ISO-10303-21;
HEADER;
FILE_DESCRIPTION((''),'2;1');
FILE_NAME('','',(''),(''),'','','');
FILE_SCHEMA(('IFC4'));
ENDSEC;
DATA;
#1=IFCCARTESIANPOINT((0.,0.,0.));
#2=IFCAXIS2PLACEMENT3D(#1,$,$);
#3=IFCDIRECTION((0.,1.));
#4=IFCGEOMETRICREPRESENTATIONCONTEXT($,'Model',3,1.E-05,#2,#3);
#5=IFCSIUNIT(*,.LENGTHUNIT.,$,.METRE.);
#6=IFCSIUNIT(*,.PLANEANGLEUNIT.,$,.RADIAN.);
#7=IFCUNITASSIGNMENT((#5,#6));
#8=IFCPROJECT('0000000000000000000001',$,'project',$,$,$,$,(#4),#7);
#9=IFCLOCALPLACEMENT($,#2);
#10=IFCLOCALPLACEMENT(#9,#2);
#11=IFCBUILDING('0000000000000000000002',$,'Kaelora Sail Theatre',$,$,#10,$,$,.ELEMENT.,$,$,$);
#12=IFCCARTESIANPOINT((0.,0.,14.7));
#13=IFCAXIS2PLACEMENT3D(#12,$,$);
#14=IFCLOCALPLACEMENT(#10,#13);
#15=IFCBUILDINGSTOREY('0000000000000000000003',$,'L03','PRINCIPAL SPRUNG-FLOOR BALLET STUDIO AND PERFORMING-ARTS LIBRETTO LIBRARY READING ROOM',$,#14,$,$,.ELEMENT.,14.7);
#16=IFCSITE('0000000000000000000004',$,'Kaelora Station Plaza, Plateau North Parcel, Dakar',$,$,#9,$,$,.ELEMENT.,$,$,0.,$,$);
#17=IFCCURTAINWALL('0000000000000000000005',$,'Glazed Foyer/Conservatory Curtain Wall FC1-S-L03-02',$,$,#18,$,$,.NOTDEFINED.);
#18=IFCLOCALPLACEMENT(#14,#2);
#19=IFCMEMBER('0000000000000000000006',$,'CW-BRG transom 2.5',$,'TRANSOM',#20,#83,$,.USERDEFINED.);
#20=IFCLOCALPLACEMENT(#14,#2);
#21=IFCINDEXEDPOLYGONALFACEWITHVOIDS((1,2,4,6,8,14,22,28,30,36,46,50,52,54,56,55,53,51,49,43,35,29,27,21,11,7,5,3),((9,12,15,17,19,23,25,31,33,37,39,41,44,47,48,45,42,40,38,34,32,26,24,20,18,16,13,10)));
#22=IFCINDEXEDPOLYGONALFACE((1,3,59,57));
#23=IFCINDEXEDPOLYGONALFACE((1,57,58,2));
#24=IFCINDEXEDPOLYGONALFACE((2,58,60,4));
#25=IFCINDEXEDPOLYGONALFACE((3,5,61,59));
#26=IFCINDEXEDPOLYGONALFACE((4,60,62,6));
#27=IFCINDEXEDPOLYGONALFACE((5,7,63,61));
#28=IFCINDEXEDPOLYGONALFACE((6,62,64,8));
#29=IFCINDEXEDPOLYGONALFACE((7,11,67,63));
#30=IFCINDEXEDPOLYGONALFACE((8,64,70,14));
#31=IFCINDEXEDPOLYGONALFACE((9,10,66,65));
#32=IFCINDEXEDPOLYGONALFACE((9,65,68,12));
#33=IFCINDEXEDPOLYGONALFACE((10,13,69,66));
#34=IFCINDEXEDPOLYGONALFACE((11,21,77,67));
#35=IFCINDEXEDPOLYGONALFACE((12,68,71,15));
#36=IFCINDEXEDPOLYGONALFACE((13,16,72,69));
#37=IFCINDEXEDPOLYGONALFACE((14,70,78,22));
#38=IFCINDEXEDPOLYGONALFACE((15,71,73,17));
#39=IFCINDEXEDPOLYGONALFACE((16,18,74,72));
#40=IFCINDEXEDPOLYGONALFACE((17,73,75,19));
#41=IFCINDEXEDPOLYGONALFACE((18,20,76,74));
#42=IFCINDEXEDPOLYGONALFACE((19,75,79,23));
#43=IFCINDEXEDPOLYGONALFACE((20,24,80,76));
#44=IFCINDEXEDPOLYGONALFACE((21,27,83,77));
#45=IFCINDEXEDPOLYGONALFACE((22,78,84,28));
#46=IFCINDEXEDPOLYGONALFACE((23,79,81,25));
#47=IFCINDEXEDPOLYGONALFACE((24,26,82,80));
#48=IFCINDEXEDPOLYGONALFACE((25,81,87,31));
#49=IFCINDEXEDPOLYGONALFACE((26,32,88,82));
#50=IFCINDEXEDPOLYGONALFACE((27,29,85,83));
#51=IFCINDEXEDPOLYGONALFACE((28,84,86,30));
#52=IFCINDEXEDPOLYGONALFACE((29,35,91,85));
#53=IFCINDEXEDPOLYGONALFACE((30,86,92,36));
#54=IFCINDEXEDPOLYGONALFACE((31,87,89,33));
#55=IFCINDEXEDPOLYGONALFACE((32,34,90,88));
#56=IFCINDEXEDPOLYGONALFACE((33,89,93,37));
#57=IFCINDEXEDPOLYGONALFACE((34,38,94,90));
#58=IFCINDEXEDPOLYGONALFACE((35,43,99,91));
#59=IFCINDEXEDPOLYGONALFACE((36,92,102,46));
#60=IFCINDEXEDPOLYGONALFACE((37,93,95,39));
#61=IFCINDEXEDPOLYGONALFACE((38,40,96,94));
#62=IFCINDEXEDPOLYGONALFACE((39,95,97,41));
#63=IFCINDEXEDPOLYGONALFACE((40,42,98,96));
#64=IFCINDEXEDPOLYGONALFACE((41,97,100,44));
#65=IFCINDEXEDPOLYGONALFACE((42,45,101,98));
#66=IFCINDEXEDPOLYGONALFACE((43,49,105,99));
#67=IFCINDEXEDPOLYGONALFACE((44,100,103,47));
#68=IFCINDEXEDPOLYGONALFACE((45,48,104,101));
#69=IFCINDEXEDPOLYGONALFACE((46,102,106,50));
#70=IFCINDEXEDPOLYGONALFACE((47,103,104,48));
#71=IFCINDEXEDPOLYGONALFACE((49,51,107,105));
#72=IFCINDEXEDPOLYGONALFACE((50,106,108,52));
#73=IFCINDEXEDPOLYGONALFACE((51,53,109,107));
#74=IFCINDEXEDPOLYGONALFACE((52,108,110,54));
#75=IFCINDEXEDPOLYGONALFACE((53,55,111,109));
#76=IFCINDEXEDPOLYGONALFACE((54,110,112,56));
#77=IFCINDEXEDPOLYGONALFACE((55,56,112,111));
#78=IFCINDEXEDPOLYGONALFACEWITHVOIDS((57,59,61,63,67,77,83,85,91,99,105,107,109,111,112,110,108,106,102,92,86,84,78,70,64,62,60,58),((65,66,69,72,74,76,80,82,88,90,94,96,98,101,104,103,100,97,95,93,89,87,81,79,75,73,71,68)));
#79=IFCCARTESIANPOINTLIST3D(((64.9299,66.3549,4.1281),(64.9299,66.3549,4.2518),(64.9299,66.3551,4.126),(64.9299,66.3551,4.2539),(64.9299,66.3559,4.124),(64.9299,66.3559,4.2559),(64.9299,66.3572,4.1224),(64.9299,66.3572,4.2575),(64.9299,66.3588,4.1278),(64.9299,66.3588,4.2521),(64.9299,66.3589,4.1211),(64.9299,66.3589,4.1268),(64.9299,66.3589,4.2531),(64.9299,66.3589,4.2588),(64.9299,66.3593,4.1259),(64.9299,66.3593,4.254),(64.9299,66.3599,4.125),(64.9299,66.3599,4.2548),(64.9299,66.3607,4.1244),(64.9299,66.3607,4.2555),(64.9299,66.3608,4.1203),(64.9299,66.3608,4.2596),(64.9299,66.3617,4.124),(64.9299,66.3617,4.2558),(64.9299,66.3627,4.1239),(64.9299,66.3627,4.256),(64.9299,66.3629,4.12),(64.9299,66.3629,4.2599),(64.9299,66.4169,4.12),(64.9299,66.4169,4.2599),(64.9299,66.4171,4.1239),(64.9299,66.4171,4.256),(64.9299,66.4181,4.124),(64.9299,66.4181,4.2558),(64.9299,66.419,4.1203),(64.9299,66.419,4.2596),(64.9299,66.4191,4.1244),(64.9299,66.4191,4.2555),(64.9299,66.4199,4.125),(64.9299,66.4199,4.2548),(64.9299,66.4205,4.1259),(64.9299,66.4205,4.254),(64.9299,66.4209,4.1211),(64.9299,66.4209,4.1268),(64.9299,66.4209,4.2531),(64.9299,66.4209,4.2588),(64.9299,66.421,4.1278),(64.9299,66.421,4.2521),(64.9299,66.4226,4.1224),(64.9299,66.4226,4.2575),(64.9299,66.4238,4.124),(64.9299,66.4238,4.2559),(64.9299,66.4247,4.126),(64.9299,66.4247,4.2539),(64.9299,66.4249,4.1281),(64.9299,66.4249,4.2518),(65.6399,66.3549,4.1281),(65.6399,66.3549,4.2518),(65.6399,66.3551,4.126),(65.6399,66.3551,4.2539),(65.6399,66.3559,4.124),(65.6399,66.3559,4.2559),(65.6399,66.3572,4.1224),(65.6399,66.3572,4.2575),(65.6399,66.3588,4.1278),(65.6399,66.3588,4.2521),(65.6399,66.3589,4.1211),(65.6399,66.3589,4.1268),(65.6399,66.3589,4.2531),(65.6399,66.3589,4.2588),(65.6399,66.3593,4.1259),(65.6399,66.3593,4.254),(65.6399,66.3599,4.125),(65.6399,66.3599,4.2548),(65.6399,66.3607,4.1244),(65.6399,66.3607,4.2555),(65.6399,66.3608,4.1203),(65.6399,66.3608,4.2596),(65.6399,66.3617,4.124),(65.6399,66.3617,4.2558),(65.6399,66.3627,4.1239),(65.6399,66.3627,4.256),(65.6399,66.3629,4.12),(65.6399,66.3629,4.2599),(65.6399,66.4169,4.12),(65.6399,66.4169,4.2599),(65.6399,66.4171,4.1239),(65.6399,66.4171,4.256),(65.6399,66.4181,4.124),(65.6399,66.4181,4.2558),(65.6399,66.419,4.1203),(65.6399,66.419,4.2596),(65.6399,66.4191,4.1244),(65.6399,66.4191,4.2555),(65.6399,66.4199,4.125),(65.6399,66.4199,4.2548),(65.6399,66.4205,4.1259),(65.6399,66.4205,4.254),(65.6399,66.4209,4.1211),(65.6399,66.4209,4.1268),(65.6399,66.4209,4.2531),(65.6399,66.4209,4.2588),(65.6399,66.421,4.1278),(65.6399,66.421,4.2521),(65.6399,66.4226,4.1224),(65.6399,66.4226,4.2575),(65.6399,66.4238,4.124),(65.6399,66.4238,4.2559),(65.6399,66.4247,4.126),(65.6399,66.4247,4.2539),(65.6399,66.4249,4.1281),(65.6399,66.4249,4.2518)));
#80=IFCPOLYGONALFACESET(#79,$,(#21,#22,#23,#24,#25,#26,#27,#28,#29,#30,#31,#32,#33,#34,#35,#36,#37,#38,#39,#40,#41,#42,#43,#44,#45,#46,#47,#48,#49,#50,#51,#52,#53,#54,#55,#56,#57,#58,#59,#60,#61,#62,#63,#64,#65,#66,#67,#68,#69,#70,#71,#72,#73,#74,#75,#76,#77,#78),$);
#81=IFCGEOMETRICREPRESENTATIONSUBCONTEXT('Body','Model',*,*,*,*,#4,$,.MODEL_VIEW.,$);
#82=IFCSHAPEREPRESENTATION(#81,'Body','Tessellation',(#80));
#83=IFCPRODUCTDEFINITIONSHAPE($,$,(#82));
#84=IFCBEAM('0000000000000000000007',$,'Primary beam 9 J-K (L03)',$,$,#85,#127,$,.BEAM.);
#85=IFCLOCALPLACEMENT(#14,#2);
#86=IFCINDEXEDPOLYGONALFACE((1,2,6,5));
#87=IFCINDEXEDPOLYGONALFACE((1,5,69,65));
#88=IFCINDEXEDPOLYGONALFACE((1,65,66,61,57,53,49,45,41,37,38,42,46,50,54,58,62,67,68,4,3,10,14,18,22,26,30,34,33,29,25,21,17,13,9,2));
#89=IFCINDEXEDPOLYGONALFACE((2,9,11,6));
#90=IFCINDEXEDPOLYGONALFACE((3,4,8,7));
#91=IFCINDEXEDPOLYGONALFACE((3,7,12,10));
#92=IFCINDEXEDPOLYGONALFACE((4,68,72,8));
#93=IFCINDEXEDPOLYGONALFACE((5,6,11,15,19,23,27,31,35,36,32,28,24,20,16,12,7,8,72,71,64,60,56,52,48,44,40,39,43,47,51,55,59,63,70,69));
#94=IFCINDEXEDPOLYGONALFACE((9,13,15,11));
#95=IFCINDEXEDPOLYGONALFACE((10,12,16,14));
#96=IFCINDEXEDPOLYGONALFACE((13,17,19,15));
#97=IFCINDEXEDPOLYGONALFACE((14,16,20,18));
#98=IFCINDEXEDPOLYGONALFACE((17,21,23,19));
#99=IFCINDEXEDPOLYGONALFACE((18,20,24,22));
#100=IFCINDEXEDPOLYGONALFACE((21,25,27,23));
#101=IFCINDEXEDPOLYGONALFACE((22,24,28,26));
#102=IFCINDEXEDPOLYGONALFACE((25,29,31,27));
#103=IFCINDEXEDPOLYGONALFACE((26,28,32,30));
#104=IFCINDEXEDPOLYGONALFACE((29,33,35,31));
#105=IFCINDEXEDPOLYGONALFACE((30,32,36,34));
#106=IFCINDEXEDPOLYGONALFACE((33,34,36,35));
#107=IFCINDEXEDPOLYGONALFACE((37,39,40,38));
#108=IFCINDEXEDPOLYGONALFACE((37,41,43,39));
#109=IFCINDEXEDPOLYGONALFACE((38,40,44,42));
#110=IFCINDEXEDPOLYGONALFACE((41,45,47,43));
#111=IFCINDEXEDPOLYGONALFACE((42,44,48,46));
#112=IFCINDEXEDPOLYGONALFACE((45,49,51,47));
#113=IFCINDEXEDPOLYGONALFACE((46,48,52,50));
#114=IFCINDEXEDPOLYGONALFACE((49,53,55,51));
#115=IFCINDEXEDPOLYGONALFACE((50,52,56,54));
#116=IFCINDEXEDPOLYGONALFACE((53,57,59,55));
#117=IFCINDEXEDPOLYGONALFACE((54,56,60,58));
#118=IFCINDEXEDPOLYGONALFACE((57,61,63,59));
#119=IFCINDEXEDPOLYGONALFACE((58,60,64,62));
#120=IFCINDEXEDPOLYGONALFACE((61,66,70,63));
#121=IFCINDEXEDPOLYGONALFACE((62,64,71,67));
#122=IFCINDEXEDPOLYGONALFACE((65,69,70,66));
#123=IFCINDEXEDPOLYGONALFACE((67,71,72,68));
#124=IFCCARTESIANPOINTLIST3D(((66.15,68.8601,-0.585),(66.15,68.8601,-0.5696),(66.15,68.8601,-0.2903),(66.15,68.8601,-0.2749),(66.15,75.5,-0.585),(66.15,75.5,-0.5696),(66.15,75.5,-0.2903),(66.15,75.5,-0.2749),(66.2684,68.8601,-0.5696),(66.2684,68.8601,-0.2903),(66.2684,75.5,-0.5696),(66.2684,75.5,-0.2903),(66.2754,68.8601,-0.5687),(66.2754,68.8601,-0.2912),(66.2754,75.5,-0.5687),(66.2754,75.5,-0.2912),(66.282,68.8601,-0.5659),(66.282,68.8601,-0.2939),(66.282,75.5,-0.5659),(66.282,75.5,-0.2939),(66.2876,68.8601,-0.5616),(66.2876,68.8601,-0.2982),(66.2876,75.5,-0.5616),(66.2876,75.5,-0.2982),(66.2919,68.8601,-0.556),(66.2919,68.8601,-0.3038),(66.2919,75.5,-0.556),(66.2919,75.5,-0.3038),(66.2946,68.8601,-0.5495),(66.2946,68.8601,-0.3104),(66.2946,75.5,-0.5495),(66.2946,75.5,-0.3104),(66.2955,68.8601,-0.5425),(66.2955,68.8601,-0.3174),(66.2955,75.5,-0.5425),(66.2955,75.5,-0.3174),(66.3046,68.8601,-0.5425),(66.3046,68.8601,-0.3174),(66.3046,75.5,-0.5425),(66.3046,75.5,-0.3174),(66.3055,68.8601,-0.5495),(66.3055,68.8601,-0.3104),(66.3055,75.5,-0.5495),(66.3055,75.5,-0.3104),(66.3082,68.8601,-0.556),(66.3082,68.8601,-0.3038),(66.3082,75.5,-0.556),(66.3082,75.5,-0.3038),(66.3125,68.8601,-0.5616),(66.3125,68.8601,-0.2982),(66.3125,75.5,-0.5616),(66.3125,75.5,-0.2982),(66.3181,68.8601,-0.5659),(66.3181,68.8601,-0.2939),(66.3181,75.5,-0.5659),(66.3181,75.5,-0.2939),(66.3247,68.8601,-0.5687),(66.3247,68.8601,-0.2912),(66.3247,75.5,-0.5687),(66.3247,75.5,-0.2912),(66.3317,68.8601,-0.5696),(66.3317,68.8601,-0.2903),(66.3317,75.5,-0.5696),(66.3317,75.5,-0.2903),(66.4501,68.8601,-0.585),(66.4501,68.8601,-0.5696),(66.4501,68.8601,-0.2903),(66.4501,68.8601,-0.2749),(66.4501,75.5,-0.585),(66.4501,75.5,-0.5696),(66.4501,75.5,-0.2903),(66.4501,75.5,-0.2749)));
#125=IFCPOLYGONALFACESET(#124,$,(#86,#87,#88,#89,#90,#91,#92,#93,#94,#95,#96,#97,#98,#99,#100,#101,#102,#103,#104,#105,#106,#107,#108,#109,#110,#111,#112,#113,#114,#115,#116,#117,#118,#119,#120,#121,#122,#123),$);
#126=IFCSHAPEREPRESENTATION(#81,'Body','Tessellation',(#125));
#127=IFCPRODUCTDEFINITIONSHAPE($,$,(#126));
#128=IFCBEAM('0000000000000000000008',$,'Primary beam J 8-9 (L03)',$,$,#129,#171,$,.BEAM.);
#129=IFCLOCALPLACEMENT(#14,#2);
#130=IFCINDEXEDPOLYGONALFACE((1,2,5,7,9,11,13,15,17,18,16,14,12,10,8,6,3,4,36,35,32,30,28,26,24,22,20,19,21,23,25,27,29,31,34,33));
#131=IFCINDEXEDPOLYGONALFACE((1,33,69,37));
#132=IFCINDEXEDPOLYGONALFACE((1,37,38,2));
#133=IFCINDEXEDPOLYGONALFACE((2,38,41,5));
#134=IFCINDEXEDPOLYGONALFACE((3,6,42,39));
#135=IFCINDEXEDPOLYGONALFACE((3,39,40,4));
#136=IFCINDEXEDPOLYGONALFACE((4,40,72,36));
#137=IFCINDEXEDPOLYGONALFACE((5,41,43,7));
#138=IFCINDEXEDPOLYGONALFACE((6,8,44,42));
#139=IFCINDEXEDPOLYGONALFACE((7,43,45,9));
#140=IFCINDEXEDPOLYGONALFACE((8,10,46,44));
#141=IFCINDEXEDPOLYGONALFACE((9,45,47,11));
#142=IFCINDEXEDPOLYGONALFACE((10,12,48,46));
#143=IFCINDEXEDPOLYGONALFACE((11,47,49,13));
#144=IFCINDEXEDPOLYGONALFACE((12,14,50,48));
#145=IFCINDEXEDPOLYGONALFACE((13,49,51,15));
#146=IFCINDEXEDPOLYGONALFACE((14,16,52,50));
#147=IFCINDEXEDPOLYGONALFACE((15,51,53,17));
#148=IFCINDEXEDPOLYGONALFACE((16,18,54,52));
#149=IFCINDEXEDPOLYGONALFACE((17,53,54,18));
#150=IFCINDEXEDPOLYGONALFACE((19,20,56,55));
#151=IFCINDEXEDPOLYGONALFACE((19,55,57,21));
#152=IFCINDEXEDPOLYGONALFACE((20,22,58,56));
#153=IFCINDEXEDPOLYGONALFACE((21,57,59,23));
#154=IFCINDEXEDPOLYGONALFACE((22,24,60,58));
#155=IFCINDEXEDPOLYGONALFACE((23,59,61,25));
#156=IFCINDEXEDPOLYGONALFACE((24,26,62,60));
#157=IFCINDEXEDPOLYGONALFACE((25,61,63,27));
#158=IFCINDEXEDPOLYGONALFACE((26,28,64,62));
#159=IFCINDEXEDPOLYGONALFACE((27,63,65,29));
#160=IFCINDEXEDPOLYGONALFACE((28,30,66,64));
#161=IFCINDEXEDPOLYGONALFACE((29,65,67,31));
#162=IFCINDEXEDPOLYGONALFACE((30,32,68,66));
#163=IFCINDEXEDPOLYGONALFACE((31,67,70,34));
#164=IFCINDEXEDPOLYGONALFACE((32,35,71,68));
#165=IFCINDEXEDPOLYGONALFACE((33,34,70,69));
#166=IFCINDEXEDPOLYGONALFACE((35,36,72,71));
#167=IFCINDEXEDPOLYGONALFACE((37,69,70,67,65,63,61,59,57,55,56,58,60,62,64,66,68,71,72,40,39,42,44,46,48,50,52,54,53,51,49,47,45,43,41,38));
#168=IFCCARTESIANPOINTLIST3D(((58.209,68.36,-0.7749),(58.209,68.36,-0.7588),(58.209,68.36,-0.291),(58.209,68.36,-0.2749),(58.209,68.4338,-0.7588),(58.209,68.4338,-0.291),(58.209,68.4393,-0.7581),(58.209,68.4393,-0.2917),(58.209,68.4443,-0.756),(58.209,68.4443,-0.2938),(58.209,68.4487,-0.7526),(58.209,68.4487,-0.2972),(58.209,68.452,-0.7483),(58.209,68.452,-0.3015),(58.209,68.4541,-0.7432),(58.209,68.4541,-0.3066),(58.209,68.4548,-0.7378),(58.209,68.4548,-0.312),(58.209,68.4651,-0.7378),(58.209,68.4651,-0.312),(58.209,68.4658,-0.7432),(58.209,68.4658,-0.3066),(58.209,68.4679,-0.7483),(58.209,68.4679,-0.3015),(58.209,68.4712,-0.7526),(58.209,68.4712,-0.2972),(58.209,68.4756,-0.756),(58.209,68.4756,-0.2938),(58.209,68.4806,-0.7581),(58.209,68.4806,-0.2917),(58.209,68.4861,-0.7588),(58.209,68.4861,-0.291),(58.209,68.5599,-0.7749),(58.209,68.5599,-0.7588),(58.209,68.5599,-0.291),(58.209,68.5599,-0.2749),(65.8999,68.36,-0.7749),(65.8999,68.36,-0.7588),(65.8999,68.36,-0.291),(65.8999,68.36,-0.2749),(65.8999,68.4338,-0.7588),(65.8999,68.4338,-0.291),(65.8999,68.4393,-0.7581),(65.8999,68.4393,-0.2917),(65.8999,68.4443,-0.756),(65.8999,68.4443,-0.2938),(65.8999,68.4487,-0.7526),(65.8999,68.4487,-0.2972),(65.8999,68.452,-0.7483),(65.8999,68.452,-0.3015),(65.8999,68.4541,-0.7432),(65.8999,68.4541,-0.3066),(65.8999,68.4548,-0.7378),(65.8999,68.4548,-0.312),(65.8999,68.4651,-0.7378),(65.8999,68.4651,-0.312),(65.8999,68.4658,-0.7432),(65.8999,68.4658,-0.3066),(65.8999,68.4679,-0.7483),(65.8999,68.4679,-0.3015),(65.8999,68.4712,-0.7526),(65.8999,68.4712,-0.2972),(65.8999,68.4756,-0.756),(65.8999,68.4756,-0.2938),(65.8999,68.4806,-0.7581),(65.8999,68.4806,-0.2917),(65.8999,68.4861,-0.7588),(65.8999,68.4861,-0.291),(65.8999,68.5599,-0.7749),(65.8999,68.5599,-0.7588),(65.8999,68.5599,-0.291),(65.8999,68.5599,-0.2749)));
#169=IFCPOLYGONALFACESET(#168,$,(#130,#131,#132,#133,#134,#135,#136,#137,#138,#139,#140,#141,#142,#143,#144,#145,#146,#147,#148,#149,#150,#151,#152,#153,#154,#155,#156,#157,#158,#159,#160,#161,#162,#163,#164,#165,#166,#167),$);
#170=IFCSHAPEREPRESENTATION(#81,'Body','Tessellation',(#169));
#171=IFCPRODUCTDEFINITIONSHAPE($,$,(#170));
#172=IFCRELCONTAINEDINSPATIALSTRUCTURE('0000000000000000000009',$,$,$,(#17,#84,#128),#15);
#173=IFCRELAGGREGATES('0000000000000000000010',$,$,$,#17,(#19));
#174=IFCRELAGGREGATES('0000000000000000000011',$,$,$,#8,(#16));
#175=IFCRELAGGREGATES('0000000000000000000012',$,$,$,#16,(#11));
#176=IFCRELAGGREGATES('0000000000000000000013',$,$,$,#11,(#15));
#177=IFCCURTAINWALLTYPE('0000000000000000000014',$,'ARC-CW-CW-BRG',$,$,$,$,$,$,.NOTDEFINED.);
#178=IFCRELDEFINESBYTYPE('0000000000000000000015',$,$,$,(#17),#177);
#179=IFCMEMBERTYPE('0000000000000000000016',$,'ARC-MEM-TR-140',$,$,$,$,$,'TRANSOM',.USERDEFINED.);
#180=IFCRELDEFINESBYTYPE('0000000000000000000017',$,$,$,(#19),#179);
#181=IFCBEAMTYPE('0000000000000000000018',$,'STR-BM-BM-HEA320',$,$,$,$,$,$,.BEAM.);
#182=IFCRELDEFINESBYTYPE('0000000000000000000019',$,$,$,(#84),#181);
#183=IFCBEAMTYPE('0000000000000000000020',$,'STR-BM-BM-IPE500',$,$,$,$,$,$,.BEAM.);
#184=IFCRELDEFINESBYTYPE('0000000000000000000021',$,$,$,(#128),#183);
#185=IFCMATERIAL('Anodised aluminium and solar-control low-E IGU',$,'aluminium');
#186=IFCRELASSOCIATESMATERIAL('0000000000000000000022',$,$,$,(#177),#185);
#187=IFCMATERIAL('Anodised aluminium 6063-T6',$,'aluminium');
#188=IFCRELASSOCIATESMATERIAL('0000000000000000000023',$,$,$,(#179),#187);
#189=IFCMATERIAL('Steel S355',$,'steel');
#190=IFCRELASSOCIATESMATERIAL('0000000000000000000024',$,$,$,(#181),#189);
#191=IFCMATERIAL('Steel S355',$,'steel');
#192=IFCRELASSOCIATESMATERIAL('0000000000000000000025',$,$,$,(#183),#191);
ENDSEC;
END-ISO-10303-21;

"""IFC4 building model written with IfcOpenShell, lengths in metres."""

from ifc_helpers import new_model, si_unit, direction, frame, origin, origin_2d, place, context, subcontext, project, spatial, hollow_rectangle, i_section, extrude, material, material_profile, profile_set, type_object, element, aggregate, save


model = new_model("IFC4")

# Units and contexts
model_context = context("Model", 3, precision=1e-05, world=origin(), true_north=direction((0.0, 1.0)))
body_context = subcontext(model_context, "Body", "Model", "MODEL_VIEW")
ifc_project = project(units=[si_unit("LENGTHUNIT", "METRE"), si_unit("PLANEANGLEUNIT", "RADIAN")], contexts=[model_context])

# Site, building, storey
site_placement = place(None, origin())
site = spatial("IfcSite", under=ifc_project, at=site_placement, Name="Kaelora Station Plaza, Plateau North Parcel, Dakar", CompositionType="ELEMENT", RefElevation=0.0)
building_placement = place(site_placement, origin())
building = spatial("IfcBuilding", under=site, at=building_placement, Name="Kaelora Sail Theatre", CompositionType="ELEMENT")
storey_placement = place(building_placement, frame((0.0, 0.0, 14.7)))
storey = spatial("IfcBuildingStorey", under=building, at=storey_placement, Name="L03", Description="PRINCIPAL SPRUNG-FLOOR BALLET STUDIO AND PERFORMING-ARTS LIBRETTO LIBRARY READING ROOM", CompositionType="ELEMENT", Elevation=14.7)

# Curtain wall, member
ifc_material_1 = material(Name="Anodised aluminium and solar-control low-E IGU", Category="aluminium")
curtain_wall_type = type_object("IfcCurtainWallType", Name="ARC-CW-CW-BRG", PredefinedType="NOTDEFINED", material=ifc_material_1)
curtain_wall_placement = place(storey_placement, origin())
curtain_wall = element("IfcCurtainWall", 1, at=curtain_wall_placement, inside=storey, type_object=curtain_wall_type, Name="Glazed Foyer/Conservatory Curtain Wall FC1-S-L03-02", PredefinedType="NOTDEFINED")
ifc_material_2 = material(Name="Anodised aluminium 6063-T6", Category="aluminium")
ifc_material_profile_1 = material_profile(ifc_material_2, hollow_rectangle(XDim=0.0701, YDim=0.1399, WallThickness=0.0039, InnerFilletRadius=0.0039, OuterFilletRadius=0.0081, at=origin_2d()), Name="ALU-TRAN 70x140x4")
ifc_profile_set_1 = profile_set([ifc_material_profile_1], Name="Anodised aluminium 6063-T6")
member_type_1 = type_object("IfcMemberType", Name="ARC-MEM-TR-140", ElementType="TRANSOM", PredefinedType="USERDEFINED", material=ifc_profile_set_1)
member_1_placement = place(storey_placement, frame((64.9299, 66.3899, 4.1899), z_axis=(1.0, 0.0, 0.0), x_axis=(0.0, 1.0, 0.0)))
member_1 = element("IfcMember", 2, at=member_1_placement, type_object=member_type_1, Name="CW-BRG transom 2.5", ObjectType="TRANSOM", PredefinedType="USERDEFINED", context=body_context, shape_type="SweptSolid", body=[
    extrude(hollow_rectangle(XDim=0.0701, YDim=0.1399, WallThickness=0.0039, InnerFilletRadius=0.0039, OuterFilletRadius=0.0081, at=origin_2d()), origin(), (0.0, 0.0, 1.0), 0.71),
])

# Beams
ifc_material_3 = material(Name="Steel S355", Category="steel")
ifc_material_profile_2 = material_profile(ifc_material_3, i_section(OverallWidth=0.3, OverallDepth=0.3101, WebThickness=0.009, FlangeThickness=0.0154, FilletRadius=0.0271, at=origin_2d()), Name="HEA 320")
ifc_profile_set_2 = profile_set([ifc_material_profile_2], Name="Steel S355")
beam_type_1 = type_object("IfcBeamType", Name="STR-BM-BM-HEA320", PredefinedType="BEAM", material=ifc_profile_set_2)
beam_1_placement = place(storey_placement, frame((66.3, 68.8601, -0.4299), z_axis=(0.0, 1.0, 0.0), x_axis=(-1.0, 0.0, 0.0)))
element("IfcBeam", 3, at=beam_1_placement, inside=storey, type_object=beam_type_1, Name="Primary beam 9 J-K (L03)", PredefinedType="BEAM", context=body_context, shape_type="SweptSolid", body=[
    extrude(i_section(OverallWidth=0.3, OverallDepth=0.3101, WebThickness=0.009, FlangeThickness=0.0154, FilletRadius=0.0271, at=origin_2d()), origin(), (0.0, 0.0, 1.0), 6.6399),
])
ifc_material_4 = material(Name="Steel S355", Category="steel")
ifc_material_profile_3 = material_profile(ifc_material_4, i_section(OverallWidth=0.2, OverallDepth=0.5, WebThickness=0.0103, FlangeThickness=0.0161, FilletRadius=0.021, at=origin_2d()), Name="IPE 500")
ifc_profile_set_3 = profile_set([ifc_material_profile_3], Name="Steel S355")
beam_type_2 = type_object("IfcBeamType", Name="STR-BM-BM-IPE500", PredefinedType="BEAM", material=ifc_profile_set_3)
beam_2_placement = place(storey_placement, frame((58.209, 68.46, -0.5249), z_axis=(1.0, 0.0, 0.0), x_axis=(0.0, 1.0, 0.0)))
element("IfcBeam", 4, at=beam_2_placement, inside=storey, type_object=beam_type_2, Name="Primary beam J 8-9 (L03)", PredefinedType="BEAM", context=body_context, shape_type="SweptSolid", body=[
    extrude(i_section(OverallWidth=0.2, OverallDepth=0.5, WebThickness=0.0103, FlangeThickness=0.0161, FilletRadius=0.021, at=origin_2d()), origin(), (0.0, 0.0, 1.0), 7.6909),
])

aggregate(curtain_wall, [member_1])

save(model, "model.ifc")
